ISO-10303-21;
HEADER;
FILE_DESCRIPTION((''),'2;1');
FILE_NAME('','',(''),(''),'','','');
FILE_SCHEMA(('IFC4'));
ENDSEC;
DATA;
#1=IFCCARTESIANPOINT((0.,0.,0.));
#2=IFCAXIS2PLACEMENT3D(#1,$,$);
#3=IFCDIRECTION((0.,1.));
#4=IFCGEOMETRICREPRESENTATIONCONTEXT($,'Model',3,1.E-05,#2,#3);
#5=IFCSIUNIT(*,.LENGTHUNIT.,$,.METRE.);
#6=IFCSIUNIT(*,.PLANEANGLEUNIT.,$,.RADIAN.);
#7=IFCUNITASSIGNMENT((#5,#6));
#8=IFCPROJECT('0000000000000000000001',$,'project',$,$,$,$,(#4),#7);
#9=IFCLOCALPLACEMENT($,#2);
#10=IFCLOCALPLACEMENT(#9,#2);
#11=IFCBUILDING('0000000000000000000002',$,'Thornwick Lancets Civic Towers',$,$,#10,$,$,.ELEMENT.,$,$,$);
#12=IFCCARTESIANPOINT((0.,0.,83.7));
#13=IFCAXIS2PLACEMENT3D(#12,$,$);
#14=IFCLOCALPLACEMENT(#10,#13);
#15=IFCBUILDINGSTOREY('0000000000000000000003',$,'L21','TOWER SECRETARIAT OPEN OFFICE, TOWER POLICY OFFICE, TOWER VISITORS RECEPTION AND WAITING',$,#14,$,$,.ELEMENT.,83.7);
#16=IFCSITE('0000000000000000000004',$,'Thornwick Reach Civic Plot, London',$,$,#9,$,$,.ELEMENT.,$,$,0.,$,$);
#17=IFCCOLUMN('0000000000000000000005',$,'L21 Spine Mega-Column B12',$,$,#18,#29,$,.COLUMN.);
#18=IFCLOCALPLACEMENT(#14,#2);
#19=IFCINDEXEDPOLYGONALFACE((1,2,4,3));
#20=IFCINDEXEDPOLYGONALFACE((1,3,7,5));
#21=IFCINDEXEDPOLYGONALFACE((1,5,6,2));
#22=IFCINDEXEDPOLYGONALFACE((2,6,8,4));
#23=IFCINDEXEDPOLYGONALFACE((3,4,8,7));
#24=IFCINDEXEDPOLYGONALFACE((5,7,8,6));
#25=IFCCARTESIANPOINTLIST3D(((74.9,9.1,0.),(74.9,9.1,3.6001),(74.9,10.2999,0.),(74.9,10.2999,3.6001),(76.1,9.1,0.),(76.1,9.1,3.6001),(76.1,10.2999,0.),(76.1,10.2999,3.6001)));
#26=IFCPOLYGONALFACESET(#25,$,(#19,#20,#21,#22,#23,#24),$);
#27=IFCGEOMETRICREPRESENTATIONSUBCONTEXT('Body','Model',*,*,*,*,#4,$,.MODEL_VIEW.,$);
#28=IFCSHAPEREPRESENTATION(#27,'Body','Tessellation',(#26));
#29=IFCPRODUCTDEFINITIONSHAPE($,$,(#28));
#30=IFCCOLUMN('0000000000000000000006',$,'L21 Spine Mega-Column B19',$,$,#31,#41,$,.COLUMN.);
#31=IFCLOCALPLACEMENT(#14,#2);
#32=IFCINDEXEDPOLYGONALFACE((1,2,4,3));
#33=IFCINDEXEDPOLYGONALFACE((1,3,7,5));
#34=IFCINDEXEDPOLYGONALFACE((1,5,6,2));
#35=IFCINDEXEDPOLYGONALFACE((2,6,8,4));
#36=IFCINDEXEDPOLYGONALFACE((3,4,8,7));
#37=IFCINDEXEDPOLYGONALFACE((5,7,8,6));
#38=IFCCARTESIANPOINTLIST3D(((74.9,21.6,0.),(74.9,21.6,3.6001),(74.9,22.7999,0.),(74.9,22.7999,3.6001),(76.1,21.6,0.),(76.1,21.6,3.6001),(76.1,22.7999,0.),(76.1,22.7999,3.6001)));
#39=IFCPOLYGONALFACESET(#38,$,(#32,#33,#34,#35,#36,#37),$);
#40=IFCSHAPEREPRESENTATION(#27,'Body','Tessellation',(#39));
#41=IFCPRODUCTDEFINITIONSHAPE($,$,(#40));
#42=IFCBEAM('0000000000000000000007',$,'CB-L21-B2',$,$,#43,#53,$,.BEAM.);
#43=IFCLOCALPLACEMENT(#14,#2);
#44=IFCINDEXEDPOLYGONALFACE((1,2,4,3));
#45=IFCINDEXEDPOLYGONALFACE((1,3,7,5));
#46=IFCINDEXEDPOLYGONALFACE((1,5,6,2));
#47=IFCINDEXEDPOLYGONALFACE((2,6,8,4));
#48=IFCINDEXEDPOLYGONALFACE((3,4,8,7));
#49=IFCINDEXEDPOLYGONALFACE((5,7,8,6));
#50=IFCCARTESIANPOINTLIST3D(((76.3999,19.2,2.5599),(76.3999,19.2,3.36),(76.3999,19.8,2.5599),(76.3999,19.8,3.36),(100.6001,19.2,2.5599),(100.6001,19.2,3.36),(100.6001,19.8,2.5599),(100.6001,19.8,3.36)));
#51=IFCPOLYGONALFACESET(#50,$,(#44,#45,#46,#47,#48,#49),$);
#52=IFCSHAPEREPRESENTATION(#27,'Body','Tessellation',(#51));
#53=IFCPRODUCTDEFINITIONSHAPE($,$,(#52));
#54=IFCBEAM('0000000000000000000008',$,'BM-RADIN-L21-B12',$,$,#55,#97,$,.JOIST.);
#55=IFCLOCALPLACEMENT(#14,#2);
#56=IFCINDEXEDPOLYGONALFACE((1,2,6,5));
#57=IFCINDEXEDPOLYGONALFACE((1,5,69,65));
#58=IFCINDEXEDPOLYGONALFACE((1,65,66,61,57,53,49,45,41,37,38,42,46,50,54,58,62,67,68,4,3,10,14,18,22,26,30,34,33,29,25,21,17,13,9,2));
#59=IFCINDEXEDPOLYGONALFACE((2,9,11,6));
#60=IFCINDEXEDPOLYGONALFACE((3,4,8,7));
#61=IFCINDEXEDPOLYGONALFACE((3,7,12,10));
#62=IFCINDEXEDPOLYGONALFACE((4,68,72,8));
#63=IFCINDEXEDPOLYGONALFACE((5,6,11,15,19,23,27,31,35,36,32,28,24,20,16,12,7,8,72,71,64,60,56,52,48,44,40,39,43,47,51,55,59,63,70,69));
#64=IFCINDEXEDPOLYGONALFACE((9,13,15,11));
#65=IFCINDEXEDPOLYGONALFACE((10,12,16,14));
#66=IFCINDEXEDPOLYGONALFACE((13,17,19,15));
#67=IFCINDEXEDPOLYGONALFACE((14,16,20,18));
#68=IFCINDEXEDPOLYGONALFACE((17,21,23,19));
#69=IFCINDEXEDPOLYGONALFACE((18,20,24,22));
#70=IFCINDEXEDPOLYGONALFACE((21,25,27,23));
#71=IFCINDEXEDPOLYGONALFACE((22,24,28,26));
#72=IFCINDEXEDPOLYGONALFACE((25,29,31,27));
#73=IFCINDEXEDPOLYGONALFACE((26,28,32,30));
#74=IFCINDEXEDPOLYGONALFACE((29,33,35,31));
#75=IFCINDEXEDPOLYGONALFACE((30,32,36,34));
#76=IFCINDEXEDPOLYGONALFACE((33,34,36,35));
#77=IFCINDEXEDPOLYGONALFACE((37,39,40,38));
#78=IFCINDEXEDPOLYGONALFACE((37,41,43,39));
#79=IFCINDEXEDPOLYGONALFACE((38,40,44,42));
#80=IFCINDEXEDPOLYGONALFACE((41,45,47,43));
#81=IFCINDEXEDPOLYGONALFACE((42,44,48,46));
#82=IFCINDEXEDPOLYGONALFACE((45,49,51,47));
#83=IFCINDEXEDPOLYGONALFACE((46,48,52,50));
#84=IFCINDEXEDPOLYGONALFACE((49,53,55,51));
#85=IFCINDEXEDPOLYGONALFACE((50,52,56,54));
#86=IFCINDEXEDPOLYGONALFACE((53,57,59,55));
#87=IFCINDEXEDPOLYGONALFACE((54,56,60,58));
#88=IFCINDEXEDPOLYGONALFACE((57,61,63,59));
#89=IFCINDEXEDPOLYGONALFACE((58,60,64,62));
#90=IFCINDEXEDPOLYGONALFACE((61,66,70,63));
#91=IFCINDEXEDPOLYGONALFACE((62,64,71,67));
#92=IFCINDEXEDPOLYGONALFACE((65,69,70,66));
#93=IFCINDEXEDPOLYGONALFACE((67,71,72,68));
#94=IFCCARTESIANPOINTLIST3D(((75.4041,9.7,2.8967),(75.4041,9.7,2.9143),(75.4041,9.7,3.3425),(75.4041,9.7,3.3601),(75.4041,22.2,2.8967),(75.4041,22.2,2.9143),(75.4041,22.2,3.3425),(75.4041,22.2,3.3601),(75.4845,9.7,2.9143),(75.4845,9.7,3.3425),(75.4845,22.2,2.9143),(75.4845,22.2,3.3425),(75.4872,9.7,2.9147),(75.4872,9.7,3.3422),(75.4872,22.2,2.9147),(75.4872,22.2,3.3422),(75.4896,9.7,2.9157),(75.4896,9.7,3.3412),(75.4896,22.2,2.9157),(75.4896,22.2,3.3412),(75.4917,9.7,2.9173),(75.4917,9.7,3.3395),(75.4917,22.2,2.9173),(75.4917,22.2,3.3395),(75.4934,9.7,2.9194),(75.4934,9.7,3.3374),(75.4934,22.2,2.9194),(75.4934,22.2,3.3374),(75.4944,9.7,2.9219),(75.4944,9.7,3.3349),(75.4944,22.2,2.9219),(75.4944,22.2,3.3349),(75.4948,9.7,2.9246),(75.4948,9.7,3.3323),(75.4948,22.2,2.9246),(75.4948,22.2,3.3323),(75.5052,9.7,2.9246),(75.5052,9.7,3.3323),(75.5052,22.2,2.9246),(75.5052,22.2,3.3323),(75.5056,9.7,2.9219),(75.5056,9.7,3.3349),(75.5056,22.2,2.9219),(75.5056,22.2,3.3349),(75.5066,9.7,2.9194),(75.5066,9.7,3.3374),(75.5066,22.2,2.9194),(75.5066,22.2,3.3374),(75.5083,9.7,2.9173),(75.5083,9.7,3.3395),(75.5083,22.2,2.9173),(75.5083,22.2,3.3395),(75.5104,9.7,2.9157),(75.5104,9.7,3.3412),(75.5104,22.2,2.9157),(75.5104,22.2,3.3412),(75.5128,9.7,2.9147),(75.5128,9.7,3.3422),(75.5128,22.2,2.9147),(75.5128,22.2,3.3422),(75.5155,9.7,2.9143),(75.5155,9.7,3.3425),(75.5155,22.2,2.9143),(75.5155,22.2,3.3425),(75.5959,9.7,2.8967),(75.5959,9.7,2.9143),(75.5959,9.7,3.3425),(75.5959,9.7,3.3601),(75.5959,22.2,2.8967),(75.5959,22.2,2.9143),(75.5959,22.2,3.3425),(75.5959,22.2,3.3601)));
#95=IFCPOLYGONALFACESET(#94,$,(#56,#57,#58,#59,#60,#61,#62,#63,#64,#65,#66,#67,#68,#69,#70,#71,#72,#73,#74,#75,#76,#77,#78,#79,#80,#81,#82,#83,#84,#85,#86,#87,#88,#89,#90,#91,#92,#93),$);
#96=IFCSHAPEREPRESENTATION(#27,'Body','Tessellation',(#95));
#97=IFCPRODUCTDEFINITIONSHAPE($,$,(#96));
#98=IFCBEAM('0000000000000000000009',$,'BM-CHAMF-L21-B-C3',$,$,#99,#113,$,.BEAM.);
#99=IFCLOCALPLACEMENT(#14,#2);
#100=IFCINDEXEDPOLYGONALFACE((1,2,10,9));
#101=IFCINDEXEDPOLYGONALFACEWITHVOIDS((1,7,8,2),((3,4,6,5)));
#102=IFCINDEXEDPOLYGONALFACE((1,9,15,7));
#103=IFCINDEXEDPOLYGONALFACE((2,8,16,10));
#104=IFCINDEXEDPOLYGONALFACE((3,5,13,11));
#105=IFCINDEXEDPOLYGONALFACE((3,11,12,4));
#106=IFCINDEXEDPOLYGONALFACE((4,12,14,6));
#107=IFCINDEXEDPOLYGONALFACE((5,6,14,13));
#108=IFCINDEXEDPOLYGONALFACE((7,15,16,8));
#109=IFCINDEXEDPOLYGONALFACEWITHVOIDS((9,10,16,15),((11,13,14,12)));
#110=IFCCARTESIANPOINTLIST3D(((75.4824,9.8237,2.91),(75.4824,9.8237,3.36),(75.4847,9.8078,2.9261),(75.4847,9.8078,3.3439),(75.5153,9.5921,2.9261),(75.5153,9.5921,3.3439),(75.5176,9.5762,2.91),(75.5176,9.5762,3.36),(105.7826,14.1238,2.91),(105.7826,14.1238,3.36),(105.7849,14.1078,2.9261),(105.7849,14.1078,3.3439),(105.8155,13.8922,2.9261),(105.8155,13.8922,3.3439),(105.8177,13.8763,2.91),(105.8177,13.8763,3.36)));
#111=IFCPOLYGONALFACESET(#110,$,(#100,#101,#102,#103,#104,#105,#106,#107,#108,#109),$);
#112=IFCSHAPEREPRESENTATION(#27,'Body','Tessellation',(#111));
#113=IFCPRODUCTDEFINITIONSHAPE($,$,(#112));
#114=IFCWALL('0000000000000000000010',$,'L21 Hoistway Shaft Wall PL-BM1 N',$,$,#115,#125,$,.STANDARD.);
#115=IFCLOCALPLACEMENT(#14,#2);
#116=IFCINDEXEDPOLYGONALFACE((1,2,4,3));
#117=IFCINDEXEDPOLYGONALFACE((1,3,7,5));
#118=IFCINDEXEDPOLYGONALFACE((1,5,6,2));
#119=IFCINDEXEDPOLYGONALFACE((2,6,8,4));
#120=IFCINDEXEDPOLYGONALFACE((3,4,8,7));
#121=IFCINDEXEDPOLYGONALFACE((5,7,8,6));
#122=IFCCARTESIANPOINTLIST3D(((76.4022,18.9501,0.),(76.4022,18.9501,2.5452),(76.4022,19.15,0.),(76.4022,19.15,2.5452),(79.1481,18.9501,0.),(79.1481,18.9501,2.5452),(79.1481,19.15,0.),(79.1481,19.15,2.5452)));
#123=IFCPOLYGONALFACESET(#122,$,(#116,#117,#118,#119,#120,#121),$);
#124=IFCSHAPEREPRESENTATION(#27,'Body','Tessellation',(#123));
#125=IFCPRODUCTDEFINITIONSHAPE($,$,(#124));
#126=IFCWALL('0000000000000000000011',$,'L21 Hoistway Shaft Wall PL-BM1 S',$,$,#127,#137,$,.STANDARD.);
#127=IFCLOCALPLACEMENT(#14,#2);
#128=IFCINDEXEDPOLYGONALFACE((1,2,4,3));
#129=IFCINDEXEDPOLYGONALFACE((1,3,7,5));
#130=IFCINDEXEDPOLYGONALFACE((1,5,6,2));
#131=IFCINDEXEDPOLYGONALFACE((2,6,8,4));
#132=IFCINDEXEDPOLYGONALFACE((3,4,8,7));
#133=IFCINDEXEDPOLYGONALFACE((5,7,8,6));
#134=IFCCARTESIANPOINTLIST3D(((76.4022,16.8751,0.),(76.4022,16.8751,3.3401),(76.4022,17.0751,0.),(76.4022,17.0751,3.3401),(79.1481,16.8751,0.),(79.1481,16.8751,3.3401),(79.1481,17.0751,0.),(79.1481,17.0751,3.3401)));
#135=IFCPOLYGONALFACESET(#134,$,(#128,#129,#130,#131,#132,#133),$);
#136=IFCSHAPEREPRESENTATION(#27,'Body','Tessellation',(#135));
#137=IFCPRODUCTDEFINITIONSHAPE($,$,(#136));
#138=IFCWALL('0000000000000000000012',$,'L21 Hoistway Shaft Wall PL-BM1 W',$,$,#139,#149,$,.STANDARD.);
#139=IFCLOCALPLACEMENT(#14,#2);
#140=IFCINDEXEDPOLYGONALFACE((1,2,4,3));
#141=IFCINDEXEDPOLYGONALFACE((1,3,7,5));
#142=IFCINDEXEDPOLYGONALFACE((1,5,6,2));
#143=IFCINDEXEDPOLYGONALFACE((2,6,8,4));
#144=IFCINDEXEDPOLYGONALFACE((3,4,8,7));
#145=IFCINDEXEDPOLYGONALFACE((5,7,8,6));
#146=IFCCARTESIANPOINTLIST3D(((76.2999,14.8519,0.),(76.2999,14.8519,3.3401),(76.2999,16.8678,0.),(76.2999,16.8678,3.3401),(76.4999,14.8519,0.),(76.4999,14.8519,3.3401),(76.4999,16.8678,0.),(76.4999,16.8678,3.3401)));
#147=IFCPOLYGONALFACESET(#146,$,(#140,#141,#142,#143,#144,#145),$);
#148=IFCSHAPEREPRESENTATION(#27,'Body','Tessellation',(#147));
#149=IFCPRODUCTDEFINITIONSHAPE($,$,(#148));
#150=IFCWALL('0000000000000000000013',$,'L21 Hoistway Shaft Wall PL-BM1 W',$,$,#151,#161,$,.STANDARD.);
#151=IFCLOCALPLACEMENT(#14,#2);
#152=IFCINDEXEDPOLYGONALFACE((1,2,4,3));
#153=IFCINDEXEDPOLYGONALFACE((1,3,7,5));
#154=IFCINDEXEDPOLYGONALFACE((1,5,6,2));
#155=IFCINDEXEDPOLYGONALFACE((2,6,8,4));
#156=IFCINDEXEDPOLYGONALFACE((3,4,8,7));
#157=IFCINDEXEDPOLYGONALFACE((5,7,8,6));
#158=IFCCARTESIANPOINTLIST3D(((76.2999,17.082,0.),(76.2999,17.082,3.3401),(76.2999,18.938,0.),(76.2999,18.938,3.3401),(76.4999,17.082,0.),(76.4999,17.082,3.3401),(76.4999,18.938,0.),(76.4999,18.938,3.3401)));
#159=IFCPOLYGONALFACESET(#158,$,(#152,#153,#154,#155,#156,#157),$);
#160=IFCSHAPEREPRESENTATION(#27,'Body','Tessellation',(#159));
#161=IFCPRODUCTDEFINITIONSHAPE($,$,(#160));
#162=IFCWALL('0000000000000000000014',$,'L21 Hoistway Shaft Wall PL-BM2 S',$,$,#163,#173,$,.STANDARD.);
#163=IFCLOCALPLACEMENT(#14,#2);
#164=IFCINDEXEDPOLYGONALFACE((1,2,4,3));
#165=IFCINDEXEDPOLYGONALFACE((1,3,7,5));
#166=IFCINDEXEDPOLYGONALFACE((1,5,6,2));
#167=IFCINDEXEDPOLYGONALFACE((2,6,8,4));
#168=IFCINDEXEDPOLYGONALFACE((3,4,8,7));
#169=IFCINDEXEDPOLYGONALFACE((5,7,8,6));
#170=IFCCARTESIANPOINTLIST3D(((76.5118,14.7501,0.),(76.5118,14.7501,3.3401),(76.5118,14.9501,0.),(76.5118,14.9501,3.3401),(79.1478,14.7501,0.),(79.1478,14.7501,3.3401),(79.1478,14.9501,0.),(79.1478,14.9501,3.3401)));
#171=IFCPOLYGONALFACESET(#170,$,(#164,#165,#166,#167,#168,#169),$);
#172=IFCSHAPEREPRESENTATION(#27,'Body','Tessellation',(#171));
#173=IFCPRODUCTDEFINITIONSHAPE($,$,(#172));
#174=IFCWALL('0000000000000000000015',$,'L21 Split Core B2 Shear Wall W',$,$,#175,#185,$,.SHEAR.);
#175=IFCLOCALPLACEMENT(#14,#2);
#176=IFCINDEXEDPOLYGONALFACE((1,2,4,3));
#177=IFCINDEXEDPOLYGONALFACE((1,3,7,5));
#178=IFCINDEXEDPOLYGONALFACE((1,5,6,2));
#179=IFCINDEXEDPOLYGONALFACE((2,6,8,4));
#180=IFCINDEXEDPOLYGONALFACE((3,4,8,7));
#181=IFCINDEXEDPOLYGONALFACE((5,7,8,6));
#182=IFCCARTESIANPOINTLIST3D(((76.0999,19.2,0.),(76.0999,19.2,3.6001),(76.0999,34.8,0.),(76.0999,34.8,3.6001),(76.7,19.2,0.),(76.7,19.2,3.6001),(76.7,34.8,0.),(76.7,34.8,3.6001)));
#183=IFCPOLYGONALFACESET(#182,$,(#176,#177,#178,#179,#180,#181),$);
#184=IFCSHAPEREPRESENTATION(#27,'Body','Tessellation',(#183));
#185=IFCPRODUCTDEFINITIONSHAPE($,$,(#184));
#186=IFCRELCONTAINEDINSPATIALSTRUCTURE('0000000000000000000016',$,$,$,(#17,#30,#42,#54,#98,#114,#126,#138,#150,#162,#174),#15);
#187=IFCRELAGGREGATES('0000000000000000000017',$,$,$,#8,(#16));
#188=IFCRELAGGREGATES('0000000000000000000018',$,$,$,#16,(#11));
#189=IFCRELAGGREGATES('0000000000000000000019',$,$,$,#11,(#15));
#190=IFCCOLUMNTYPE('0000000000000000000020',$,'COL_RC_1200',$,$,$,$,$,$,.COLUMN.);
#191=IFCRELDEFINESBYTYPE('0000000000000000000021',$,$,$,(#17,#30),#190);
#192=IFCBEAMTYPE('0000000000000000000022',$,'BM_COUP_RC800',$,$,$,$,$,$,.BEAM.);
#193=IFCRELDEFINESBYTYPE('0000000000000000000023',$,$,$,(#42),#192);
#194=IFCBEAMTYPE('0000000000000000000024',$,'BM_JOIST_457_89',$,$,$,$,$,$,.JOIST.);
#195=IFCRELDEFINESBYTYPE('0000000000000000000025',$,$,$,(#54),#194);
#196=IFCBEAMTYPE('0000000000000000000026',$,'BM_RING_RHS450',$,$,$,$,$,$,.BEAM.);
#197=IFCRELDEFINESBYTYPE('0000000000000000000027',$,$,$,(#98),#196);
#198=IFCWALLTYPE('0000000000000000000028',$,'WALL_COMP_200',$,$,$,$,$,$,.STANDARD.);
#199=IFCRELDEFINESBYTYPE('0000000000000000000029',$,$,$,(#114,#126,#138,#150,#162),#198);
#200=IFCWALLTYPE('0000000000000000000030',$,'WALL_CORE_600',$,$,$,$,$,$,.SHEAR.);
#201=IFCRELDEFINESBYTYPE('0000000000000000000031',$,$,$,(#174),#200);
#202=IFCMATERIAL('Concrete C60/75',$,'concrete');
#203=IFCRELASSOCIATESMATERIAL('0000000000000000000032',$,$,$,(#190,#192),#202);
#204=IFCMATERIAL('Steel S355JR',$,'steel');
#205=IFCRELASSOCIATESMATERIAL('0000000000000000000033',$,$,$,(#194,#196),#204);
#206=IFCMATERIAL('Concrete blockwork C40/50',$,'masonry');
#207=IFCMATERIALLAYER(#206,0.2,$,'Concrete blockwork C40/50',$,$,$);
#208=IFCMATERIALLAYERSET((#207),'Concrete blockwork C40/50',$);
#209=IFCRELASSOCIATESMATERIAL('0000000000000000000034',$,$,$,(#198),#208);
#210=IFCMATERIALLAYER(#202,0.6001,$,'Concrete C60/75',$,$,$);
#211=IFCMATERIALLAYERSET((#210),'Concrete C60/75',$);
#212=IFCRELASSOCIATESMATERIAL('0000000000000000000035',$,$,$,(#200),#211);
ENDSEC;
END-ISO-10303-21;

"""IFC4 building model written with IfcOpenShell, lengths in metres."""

from ifc_helpers import new_model, si_unit, direction, frame, frame_2d, origin, origin_2d, place, context, subcontext, project, spatial, rectangle, hollow_rectangle, i_section, extrude, material, layer, layer_set, material_profile, profile_set, type_object, element, save


model = new_model("IFC4")

# Units and contexts
model_context = context("Model", 3, precision=1e-05, world=origin(), true_north=direction((0.0, 1.0)))
body_context = subcontext(model_context, "Body", "Model", "MODEL_VIEW")
ifc_project = project(units=[si_unit("LENGTHUNIT", "METRE"), si_unit("PLANEANGLEUNIT", "RADIAN")], contexts=[model_context])

# Site, building, storey
site_placement = place(None, origin())
site = spatial("IfcSite", under=ifc_project, at=site_placement, Name="Thornwick Reach Civic Plot, London", CompositionType="ELEMENT", RefElevation=0.0)
building_placement = place(site_placement, origin())
building = spatial("IfcBuilding", under=site, at=building_placement, Name="Thornwick Lancets Civic Towers", CompositionType="ELEMENT")
storey_placement = place(building_placement, frame((0.0, 0.0, 83.7)))
storey = spatial("IfcBuildingStorey", under=building, at=storey_placement, Name="L21", Description="TOWER SECRETARIAT OPEN OFFICE, TOWER POLICY OFFICE, TOWER VISITORS RECEPTION AND WAITING", CompositionType="ELEMENT", Elevation=83.7)

# Columns
ifc_material_1 = material(Name="Concrete C60/75", Category="concrete")
ifc_material_profile_1 = material_profile(ifc_material_1, rectangle(XDim=1.2, YDim=1.2, at=origin_2d()), Name="RC 1200x1200")
ifc_profile_set_1 = profile_set([ifc_material_profile_1], Name="Concrete C60/75")
column_type = type_object("IfcColumnType", Name="COL_RC_1200", PredefinedType="COLUMN", material=ifc_profile_set_1)
for number, where, z_axis, x_axis, name in (
    (1, (75.5, 9.7, 0.0), (0.0, 0.0, 1.0), (1.0, 0.0, 0.0), "L21 Spine Mega-Column B12"),
    (2, (75.5, 22.2, 0.0), (0.0, 0.0, 1.0), (1.0, 0.0, 0.0), "L21 Spine Mega-Column B19"),
):
    element("IfcColumn", number, at=place(storey_placement, frame(where, z_axis=z_axis, x_axis=x_axis)), inside=storey, type_object=column_type, Name=name, PredefinedType="COLUMN", context=body_context, shape_type="SweptSolid", body=[
        extrude(rectangle(XDim=1.2, YDim=1.2, at=origin_2d()), origin(), (0.0, 0.0, 1.0), 3.6001),
    ])

# Beams
ifc_material_profile_2 = material_profile(ifc_material_1, rectangle(XDim=0.6001, YDim=0.8, at=origin_2d()), Name="RC 600x800")
ifc_profile_set_2 = profile_set([ifc_material_profile_2], Name="Concrete C60/75")
beam_type_1 = type_object("IfcBeamType", Name="BM_COUP_RC800", PredefinedType="BEAM", material=ifc_profile_set_2)
beam_1_placement = place(storey_placement, frame((76.3999, 19.5, 2.96), z_axis=(1.0, 0.0, 0.0), x_axis=(0.0, 1.0, 0.0)))
element("IfcBeam", 3, at=beam_1_placement, inside=storey, type_object=beam_type_1, Name="CB-L21-B2", PredefinedType="BEAM", context=body_context, shape_type="SweptSolid", body=[
    extrude(rectangle(XDim=0.6001, YDim=0.8, at=origin_2d()), origin(), (0.0, 0.0, 1.0), 24.2002),
])
ifc_material_2 = material(Name="Steel S355JR", Category="steel")
ifc_material_profile_3 = material_profile(ifc_material_2, i_section(OverallWidth=0.1919, OverallDepth=0.4634, WebThickness=0.0105, FlangeThickness=0.0176, FilletRadius=0.0103, at=origin_2d()), Name="UKB 457x191x89")
ifc_profile_set_3 = profile_set([ifc_material_profile_3], Name="Steel S355JR")
beam_type_2 = type_object("IfcBeamType", Name="BM_JOIST_457_89", PredefinedType="JOIST", material=ifc_profile_set_3)
beam_2_placement = place(storey_placement, frame((75.5, 22.2, 3.1284), z_axis=(0.0, -1.0, 0.0), x_axis=(1.0, 0.0, 0.0)))
element("IfcBeam", 4, at=beam_2_placement, inside=storey, type_object=beam_type_2, Name="BM-RADIN-L21-B12", PredefinedType="JOIST", context=body_context, shape_type="SweptSolid", body=[
    extrude(i_section(OverallWidth=0.1919, OverallDepth=0.4634, WebThickness=0.0105, FlangeThickness=0.0176, FilletRadius=0.0103, at=origin_2d()), origin(), (0.0, 0.0, 1.0), 12.5),
])
ifc_material_profile_4 = material_profile(ifc_material_2, hollow_rectangle(XDim=0.25, YDim=0.45, WallThickness=0.0161, at=origin_2d()), Name="RHS 450x250x16")
ifc_profile_set_4 = profile_set([ifc_material_profile_4], Name="Steel S355JR")
beam_type_3 = type_object("IfcBeamType", Name="BM_RING_RHS450", PredefinedType="BEAM", material=ifc_profile_set_4)
beam_3_placement = place(storey_placement, frame((75.5, 9.7, 3.135), z_axis=(0.99008, 0.140508, 0.0), x_axis=(-0.140508, 0.99008, 0.0)))
element("IfcBeam", 5, at=beam_3_placement, inside=storey, type_object=beam_type_3, Name="BM-CHAMF-L21-B-C3", PredefinedType="BEAM", context=body_context, shape_type="SweptSolid", body=[
    extrude(hollow_rectangle(XDim=0.25, YDim=0.45, WallThickness=0.0161, at=origin_2d()), origin(), (0.0, 0.0, 1.0), 30.6038),
])

# Walls
ifc_material_3 = material(Name="Concrete blockwork C40/50", Category="masonry")
ifc_layer_1 = layer(ifc_material_3, 0.2, Name="Concrete blockwork C40/50")
ifc_layer_set_1 = layer_set([ifc_layer_1], Name="Concrete blockwork C40/50")
wall_type_1 = type_object("IfcWallType", Name="WALL_COMP_200", PredefinedType="STANDARD", material=ifc_layer_set_1)
wall_1_placement = place(storey_placement, frame((76.4021, 19.05, 0.0), z_axis=(0.0, 0.0, 1.0), x_axis=(1.0, 0.0, 0.0)))
element("IfcWall", 6, at=wall_1_placement, inside=storey, type_object=wall_type_1, Name="L21 Hoistway Shaft Wall PL-BM1 N", PredefinedType="STANDARD", context=body_context, shape_type="SweptSolid", body=[
    extrude(rectangle(XDim=2.7458, YDim=0.2, at=frame_2d((1.373, 0.0))), origin(), (0.0, 0.0, 1.0), 2.5452),
])
wall_2_placement = place(storey_placement, frame((76.4021, 16.9751, 0.0), z_axis=(0.0, 0.0, 1.0), x_axis=(1.0, 0.0, 0.0)))
element("IfcWall", 7, at=wall_2_placement, inside=storey, type_object=wall_type_1, Name="L21 Hoistway Shaft Wall PL-BM1 S", PredefinedType="STANDARD", context=body_context, shape_type="SweptSolid", body=[
    extrude(rectangle(XDim=2.7458, YDim=0.2, at=frame_2d((1.373, 0.0))), origin(), (0.0, 0.0, 1.0), 3.3401),
])
wall_3_placement = place(storey_placement, frame((76.3999, 14.8521, 0.0), z_axis=(0.0, 0.0, 1.0), x_axis=(0.0, 1.0, 0.0)))
element("IfcWall", 8, at=wall_3_placement, inside=storey, type_object=wall_type_1, Name="L21 Hoistway Shaft Wall PL-BM1 W", PredefinedType="STANDARD", context=body_context, shape_type="SweptSolid", body=[
    extrude(rectangle(XDim=2.0159, YDim=0.2, at=frame_2d((1.0078, 0.0))), origin(), (0.0, 0.0, 1.0), 3.3401),
])
wall_4_placement = place(storey_placement, frame((76.3999, 17.082, 0.0), z_axis=(0.0, 0.0, 1.0), x_axis=(0.0, 1.0, 0.0)))
element("IfcWall", 9, at=wall_4_placement, inside=storey, type_object=wall_type_1, Name="L21 Hoistway Shaft Wall PL-BM1 W", PredefinedType="STANDARD", context=body_context, shape_type="SweptSolid", body=[
    extrude(rectangle(XDim=1.856, YDim=0.2, at=frame_2d((0.928, 0.0))), origin(), (0.0, 0.0, 1.0), 3.3401),
])
wall_5_placement = place(storey_placement, frame((76.512, 14.8501, 0.0), z_axis=(0.0, 0.0, 1.0), x_axis=(1.0, 0.0, 0.0)))
element("IfcWall", 10, at=wall_5_placement, inside=storey, type_object=wall_type_1, Name="L21 Hoistway Shaft Wall PL-BM2 S", PredefinedType="STANDARD", context=body_context, shape_type="SweptSolid", body=[
    extrude(rectangle(XDim=2.636, YDim=0.2, at=frame_2d((1.3179, 0.0))), origin(), (0.0, 0.0, 1.0), 3.3401),
])
ifc_layer_2 = layer(ifc_material_1, 0.6001, Name="Concrete C60/75")
ifc_layer_set_2 = layer_set([ifc_layer_2], Name="Concrete C60/75")
wall_type_2 = type_object("IfcWallType", Name="WALL_CORE_600", PredefinedType="SHEAR", material=ifc_layer_set_2)
wall_6_placement = place(storey_placement, frame((76.3999, 19.2, 0.0), z_axis=(0.0, 0.0, 1.0), x_axis=(0.0, 1.0, 0.0)))
element("IfcWall", 11, at=wall_6_placement, inside=storey, type_object=wall_type_2, Name="L21 Split Core B2 Shear Wall W", PredefinedType="SHEAR", context=body_context, shape_type="SweptSolid", body=[
    extrude(rectangle(XDim=15.6001, YDim=0.6001, at=frame_2d((7.8, 0.0))), origin(), (0.0, 0.0, 1.0), 3.6001),
])

save(model, "model.ifc")
